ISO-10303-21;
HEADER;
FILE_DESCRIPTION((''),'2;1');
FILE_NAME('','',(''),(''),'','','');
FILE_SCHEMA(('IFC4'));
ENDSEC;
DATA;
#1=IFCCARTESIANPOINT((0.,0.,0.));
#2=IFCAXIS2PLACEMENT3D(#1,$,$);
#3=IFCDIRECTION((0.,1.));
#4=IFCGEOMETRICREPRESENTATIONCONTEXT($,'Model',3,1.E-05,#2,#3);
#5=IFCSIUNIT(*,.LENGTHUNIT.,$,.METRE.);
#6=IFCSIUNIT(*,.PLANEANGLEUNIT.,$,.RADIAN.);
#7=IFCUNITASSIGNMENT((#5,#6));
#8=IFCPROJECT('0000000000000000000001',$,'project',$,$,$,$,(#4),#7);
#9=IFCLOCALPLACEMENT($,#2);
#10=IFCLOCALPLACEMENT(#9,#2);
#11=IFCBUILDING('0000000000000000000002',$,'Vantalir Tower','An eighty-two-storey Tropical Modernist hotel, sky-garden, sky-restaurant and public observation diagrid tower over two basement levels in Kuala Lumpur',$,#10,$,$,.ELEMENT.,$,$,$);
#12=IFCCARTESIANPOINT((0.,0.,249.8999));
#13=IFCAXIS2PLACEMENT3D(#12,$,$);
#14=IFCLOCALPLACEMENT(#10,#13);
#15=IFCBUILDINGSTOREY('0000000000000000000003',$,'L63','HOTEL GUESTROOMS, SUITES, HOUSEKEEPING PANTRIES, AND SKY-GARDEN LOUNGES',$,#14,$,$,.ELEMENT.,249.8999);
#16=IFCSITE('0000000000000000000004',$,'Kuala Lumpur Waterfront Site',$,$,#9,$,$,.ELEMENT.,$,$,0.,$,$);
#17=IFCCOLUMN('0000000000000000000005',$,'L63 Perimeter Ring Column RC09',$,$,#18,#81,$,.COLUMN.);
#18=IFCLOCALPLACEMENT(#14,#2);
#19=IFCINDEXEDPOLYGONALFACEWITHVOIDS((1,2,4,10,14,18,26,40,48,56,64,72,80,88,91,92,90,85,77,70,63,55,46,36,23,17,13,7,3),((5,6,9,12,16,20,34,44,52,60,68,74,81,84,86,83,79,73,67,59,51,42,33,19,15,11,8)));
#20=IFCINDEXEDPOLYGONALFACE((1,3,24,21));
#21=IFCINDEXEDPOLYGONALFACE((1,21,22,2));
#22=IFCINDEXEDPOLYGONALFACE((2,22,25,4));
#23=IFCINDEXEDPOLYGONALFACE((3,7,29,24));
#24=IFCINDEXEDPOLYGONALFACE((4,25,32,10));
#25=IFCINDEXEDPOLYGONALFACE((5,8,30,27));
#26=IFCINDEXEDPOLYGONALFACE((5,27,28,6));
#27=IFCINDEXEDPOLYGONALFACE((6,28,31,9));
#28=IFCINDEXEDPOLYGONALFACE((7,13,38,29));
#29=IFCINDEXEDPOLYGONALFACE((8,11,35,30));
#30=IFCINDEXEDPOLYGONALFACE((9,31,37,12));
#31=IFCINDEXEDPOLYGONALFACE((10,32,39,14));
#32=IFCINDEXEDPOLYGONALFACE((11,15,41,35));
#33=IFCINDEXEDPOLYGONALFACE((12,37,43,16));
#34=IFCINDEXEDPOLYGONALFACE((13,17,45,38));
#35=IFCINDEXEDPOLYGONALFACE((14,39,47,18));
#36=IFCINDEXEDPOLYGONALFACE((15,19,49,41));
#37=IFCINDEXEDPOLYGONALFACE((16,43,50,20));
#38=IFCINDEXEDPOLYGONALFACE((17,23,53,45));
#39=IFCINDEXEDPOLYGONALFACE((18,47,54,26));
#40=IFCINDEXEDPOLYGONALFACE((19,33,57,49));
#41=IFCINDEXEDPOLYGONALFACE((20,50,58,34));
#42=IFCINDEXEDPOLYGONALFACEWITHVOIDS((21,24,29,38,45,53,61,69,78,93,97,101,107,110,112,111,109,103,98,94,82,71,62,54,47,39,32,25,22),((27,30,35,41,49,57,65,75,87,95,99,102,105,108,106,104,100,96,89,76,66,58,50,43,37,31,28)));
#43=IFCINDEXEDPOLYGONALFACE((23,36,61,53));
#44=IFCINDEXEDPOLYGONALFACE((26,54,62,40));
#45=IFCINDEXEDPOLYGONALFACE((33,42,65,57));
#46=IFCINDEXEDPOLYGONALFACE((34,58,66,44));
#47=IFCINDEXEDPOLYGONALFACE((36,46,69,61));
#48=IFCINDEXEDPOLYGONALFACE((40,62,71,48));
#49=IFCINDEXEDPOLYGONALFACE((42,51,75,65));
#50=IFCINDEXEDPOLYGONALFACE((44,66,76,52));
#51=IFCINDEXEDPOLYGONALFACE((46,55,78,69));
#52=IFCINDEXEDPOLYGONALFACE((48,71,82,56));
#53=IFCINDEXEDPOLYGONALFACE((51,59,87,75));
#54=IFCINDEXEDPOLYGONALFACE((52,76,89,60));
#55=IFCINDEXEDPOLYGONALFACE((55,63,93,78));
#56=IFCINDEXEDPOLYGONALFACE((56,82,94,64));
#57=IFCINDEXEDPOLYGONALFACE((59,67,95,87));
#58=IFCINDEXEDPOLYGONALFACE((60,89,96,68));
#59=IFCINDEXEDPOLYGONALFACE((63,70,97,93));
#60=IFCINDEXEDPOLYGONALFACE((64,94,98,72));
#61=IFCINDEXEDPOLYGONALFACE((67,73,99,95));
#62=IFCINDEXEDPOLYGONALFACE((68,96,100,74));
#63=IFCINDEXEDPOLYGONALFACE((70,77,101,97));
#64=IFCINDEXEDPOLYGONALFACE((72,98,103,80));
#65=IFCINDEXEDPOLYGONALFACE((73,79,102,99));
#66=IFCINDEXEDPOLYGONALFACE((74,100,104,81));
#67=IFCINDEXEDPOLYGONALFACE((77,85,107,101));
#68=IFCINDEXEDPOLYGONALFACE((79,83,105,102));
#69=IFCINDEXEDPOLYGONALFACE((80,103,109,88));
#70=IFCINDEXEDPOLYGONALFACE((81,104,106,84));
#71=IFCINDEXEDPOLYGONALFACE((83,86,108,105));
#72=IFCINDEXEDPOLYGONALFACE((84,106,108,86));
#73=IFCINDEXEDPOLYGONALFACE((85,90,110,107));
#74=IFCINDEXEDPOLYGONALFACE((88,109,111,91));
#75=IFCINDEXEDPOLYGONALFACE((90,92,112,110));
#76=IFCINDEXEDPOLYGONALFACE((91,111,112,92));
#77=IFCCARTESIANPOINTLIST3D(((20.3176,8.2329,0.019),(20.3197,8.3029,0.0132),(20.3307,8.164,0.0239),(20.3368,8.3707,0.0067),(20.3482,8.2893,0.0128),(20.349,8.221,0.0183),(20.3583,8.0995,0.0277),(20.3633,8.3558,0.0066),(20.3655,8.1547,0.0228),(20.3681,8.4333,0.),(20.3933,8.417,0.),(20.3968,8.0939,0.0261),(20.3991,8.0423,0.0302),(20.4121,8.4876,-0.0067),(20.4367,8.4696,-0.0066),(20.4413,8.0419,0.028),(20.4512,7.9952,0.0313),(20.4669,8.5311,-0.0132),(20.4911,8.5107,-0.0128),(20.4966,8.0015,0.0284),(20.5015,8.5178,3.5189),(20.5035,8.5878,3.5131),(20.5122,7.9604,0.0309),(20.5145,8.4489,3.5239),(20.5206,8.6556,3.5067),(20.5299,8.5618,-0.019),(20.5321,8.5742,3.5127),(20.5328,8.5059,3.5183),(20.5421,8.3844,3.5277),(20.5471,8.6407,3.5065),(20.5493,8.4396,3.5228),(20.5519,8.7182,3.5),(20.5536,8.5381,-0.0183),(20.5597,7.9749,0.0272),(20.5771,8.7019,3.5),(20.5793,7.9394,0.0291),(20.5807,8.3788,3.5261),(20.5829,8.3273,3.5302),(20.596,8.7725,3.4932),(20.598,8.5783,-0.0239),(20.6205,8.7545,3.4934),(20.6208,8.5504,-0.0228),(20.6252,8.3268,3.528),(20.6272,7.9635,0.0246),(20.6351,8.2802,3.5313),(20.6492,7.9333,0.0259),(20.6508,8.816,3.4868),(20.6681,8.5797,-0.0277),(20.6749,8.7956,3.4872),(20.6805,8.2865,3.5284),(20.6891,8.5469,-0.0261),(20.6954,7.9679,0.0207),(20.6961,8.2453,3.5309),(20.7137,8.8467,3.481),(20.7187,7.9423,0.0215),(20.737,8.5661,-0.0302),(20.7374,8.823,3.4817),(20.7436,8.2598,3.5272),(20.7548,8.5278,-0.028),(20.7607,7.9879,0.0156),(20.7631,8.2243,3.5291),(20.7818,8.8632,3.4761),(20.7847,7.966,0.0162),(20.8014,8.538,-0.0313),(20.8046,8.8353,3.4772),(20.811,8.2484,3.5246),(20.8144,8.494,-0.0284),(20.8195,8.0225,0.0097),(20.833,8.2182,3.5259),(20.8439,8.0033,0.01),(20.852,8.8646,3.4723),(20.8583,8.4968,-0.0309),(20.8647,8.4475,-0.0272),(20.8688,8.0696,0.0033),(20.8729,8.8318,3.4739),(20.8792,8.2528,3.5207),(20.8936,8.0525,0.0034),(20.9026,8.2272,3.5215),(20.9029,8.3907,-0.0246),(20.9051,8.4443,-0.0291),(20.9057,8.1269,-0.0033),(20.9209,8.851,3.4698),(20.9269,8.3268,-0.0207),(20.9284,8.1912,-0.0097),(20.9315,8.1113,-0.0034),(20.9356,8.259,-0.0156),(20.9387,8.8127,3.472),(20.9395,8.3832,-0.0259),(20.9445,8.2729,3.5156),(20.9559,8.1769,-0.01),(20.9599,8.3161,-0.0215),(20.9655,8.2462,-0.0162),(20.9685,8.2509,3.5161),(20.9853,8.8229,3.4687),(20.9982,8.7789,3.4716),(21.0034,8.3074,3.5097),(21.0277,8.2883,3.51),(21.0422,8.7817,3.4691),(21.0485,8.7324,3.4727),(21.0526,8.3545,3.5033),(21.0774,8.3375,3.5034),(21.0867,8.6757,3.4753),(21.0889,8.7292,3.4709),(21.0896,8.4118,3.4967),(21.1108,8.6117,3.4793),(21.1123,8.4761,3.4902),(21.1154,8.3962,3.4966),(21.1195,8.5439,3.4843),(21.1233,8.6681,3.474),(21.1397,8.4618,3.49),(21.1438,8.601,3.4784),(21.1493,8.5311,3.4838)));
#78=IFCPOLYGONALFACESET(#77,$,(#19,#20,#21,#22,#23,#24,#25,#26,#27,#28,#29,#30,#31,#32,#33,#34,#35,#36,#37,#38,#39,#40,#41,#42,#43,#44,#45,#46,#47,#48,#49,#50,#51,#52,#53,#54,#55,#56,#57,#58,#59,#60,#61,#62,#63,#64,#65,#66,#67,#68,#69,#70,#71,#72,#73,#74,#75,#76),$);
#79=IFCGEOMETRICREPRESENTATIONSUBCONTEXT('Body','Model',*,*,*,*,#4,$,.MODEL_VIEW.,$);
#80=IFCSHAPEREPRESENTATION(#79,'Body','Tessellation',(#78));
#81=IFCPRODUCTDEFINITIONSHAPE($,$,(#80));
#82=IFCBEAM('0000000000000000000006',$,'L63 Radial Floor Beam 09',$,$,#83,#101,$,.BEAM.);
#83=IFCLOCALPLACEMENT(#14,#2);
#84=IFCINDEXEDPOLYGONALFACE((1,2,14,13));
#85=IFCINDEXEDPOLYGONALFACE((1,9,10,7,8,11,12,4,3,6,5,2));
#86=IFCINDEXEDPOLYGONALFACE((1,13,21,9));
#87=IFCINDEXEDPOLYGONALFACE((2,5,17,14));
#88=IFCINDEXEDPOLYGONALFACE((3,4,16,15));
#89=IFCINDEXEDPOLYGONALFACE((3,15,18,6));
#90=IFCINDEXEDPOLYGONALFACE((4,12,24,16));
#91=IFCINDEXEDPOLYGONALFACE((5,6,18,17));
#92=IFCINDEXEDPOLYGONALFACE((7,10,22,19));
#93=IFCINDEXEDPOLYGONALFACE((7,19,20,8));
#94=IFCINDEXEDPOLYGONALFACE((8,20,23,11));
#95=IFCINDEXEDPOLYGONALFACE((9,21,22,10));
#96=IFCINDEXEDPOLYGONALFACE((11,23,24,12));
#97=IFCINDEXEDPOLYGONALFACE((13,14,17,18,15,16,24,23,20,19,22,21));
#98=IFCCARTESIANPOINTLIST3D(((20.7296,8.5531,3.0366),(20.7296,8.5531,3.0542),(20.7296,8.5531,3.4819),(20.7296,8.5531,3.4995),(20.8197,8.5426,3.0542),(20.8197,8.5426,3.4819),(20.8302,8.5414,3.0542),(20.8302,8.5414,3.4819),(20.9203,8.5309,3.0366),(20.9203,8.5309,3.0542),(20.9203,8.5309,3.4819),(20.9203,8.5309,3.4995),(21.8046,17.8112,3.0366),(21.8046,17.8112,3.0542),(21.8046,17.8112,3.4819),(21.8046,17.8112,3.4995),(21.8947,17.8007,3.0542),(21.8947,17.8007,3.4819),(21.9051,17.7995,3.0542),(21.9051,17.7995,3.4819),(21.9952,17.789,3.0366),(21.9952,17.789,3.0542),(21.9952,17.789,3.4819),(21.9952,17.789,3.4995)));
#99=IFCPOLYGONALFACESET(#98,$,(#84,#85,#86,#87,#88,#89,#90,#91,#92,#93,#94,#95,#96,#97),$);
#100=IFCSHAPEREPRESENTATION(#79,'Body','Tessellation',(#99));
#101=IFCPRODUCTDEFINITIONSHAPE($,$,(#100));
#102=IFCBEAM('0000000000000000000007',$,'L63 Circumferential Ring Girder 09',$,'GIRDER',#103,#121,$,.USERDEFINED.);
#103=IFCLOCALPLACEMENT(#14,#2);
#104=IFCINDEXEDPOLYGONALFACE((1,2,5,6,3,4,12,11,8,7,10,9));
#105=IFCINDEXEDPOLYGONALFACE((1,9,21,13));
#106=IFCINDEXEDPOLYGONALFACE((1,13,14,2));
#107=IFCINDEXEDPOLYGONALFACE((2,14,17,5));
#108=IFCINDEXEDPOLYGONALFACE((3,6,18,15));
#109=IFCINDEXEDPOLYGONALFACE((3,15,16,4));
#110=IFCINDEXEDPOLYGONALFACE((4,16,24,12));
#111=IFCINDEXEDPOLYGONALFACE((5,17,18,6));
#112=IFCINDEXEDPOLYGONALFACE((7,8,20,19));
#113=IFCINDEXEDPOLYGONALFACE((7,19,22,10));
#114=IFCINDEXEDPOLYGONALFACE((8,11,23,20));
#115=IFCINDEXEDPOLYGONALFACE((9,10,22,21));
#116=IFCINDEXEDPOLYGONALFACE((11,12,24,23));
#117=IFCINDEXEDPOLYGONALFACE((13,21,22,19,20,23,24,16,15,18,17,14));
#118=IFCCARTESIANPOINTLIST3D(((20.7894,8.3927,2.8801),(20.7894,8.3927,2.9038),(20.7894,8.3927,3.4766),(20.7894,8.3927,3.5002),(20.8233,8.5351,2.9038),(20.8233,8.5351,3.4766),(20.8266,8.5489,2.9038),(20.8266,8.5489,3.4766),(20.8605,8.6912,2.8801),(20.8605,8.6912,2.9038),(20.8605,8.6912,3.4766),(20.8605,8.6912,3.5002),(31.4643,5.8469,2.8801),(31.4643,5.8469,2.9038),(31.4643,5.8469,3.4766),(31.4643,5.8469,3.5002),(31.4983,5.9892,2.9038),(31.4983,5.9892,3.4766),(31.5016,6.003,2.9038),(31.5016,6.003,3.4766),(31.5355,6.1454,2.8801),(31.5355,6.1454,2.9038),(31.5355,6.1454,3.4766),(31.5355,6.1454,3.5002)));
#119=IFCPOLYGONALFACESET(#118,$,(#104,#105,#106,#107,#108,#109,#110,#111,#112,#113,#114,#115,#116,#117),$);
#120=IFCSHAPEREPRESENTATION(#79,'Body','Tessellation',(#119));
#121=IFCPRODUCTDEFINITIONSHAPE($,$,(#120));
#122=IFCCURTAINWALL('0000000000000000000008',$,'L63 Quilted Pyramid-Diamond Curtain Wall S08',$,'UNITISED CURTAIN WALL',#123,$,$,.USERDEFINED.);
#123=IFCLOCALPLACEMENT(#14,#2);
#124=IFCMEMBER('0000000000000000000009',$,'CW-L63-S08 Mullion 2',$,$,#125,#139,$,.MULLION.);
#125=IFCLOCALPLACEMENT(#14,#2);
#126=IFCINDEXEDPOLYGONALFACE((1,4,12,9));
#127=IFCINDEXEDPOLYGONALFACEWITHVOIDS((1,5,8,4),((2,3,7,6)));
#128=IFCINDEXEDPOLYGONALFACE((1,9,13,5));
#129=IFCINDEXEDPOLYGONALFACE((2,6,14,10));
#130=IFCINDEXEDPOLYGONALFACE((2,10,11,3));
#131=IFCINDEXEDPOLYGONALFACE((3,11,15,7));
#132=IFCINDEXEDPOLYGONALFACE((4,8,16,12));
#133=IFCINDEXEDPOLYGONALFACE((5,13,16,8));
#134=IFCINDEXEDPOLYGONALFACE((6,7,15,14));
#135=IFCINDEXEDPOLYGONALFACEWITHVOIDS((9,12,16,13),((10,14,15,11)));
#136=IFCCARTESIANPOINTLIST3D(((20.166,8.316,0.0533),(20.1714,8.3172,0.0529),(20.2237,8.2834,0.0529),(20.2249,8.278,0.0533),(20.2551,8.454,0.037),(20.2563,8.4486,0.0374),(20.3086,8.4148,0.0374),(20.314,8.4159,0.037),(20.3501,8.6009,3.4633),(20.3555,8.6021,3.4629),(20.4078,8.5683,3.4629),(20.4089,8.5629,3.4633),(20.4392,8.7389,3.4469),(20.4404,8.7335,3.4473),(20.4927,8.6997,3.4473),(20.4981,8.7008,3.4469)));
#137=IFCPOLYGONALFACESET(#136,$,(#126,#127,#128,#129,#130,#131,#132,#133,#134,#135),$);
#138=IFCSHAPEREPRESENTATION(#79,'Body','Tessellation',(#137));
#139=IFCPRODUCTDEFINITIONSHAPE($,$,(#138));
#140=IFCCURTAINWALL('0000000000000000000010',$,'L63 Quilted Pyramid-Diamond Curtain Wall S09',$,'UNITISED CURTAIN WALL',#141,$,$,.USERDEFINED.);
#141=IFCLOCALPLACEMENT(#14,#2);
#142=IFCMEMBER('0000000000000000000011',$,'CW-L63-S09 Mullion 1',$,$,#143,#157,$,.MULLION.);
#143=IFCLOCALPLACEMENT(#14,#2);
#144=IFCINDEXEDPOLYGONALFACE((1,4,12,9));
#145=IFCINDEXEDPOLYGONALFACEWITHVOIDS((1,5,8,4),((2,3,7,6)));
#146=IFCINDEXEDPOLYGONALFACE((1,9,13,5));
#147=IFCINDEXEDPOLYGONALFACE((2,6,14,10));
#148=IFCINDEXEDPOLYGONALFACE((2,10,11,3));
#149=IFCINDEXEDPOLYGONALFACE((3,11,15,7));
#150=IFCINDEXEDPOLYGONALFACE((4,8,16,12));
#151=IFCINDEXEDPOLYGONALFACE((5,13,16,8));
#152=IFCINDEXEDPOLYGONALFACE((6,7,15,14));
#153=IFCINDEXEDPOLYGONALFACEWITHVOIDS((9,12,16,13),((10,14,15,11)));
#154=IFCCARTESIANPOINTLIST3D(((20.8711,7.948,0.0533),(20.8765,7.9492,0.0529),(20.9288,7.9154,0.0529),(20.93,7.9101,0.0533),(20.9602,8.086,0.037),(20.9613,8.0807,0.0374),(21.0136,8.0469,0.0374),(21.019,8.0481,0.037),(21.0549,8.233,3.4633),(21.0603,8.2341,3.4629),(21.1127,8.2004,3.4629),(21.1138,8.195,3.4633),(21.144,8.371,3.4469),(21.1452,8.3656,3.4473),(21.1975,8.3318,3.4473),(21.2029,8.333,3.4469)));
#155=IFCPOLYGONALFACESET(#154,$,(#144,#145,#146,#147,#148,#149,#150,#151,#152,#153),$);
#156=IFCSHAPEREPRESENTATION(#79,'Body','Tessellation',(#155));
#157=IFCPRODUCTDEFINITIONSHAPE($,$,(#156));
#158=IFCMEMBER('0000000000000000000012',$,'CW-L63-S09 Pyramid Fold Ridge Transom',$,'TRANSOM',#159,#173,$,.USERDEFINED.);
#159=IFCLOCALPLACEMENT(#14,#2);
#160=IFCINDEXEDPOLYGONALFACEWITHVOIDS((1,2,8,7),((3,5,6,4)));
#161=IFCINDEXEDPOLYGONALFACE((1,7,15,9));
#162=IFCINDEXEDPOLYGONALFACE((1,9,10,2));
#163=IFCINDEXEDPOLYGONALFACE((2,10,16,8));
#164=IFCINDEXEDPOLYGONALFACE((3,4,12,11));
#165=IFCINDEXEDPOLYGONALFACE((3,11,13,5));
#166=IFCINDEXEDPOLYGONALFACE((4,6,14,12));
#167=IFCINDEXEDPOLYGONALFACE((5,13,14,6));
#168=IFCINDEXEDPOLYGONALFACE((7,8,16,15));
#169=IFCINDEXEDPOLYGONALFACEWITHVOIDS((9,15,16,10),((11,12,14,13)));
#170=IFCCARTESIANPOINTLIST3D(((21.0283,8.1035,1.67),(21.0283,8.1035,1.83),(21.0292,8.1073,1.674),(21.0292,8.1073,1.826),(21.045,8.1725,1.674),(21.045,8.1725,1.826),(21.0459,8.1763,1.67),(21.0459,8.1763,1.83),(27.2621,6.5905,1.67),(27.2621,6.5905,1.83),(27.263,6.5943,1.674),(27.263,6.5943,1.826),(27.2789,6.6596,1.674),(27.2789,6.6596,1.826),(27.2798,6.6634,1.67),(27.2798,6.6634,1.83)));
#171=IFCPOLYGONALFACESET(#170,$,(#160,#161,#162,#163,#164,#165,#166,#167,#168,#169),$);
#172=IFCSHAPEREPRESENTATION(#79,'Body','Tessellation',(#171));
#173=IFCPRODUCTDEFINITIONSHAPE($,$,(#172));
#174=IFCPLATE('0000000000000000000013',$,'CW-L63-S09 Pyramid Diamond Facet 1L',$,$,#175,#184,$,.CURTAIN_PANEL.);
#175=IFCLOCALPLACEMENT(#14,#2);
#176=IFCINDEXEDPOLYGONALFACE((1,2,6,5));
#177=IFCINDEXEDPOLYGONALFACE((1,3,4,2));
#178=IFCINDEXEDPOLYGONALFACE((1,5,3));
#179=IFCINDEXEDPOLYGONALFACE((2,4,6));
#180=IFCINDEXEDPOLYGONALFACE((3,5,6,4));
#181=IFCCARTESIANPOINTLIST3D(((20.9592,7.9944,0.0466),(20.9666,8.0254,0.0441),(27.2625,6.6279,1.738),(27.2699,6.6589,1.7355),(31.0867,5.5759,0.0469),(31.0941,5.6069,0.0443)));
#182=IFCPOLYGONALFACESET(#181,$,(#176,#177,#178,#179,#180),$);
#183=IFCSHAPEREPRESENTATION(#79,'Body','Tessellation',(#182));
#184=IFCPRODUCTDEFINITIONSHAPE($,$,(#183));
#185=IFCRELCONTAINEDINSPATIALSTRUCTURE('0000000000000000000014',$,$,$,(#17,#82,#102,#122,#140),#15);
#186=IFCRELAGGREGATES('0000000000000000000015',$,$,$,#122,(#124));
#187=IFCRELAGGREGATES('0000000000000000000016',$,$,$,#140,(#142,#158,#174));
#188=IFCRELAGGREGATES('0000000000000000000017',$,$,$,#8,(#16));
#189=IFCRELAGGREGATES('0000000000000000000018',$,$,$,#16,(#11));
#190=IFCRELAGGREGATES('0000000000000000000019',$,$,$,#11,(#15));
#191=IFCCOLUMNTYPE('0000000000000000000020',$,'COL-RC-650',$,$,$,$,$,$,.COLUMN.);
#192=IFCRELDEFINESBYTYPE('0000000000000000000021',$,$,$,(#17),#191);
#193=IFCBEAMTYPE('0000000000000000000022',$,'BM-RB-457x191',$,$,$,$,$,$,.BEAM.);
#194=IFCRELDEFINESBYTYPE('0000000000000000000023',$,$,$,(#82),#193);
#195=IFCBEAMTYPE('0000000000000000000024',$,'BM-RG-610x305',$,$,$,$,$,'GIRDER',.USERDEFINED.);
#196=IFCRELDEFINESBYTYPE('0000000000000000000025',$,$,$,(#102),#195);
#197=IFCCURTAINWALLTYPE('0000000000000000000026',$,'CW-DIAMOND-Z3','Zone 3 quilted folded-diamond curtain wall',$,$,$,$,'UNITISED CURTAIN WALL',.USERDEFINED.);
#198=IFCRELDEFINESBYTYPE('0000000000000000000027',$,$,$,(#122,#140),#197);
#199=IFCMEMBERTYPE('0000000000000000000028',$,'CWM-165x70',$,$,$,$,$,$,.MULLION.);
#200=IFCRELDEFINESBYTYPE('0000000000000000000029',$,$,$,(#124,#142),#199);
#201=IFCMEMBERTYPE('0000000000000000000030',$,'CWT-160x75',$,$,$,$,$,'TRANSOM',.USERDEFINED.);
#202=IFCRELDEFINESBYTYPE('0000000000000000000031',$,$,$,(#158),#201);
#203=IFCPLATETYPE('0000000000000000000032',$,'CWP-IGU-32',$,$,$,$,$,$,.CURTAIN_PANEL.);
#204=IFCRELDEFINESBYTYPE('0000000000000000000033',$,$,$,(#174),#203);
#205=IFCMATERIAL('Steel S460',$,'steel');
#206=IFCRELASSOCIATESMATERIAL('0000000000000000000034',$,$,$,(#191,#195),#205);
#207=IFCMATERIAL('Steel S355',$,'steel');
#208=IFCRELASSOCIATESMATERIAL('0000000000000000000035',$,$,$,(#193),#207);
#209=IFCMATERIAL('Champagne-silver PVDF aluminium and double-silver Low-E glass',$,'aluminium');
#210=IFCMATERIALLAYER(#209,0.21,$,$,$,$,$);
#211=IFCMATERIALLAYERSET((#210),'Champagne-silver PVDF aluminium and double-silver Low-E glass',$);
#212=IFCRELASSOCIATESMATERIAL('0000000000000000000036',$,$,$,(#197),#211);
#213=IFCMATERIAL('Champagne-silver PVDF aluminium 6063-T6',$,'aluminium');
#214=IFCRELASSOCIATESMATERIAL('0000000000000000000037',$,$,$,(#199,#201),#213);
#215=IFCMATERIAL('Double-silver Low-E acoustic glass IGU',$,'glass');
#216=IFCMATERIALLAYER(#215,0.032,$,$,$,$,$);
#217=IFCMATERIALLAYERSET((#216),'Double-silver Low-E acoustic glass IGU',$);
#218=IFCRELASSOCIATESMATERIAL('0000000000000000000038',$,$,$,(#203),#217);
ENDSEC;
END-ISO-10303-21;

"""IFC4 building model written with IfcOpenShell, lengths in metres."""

from ifc_helpers import new_model, si_unit, direction, frame, origin, origin_2d, place, context, subcontext, project, spatial, polyline, hollow_rectangle, hollow_circle, i_section, outline, extrude, material, layer, layer_set, material_profile, profile_set, type_object, element, aggregate, save


model = new_model("IFC4")

# Units and contexts
model_context = context("Model", 3, precision=1e-05, world=origin(), true_north=direction((0.0, 1.0)))
body_context = subcontext(model_context, "Body", "Model", "MODEL_VIEW")
ifc_project = project(units=[si_unit("LENGTHUNIT", "METRE"), si_unit("PLANEANGLEUNIT", "RADIAN")], contexts=[model_context])

# Site, building, storey
site_placement = place(None, origin())
site = spatial("IfcSite", under=ifc_project, at=site_placement, Name="Kuala Lumpur Waterfront Site", CompositionType="ELEMENT", RefElevation=0.0)
building_placement = place(site_placement, origin())
building = spatial("IfcBuilding", under=site, at=building_placement, Name="Vantalir Tower", Description="An eighty-two-storey Tropical Modernist hotel, sky-garden, sky-restaurant and public observation diagrid tower over two basement levels in Kuala Lumpur", CompositionType="ELEMENT")
storey_placement = place(building_placement, frame((0.0, 0.0, 249.8999)))
storey = spatial("IfcBuildingStorey", under=building, at=storey_placement, Name="L63", Description="HOTEL GUESTROOMS, SUITES, HOUSEKEEPING PANTRIES, AND SKY-GARDEN LOUNGES", CompositionType="ELEMENT", Elevation=249.8999)

# Column
ifc_material_1 = material(Name="Steel S460", Category="steel")
ifc_material_profile_1 = material_profile(ifc_material_1, hollow_circle(Radius=0.325, WallThickness=0.03, at=origin_2d()), Name="Steel S460")
ifc_profile_set_1 = profile_set([ifc_material_profile_1], Name="Steel S460")
column_type = type_object("IfcColumnType", Name="COL-RC-650", PredefinedType="COLUMN", material=ifc_profile_set_1)
column_placement = place(storey_placement, frame((20.6411, 8.2571, 0.0), z_axis=(0.05228, 0.081024, 0.99534), x_axis=(-0.840265, 0.542176, 0.0)))
element("IfcColumn", 1, at=column_placement, inside=storey, type_object=column_type, Name="L63 Perimeter Ring Column RC09", PredefinedType="COLUMN", context=body_context, shape_type="SweptSolid", body=[
    extrude(hollow_circle(Radius=0.325, WallThickness=0.03, at=origin_2d()), origin(), (0.0, 0.0, 1.0), 3.5164),
])

# Beams
ifc_material_2 = material(Name="Steel S355", Category="steel")
ifc_material_profile_2 = material_profile(ifc_material_2, i_section(OverallWidth=0.1919, OverallDepth=0.4629, WebThickness=0.0105, FlangeThickness=0.0176, at=origin_2d()), Name="Steel S355")
ifc_profile_set_2 = profile_set([ifc_material_profile_2], Name="Steel S355")
beam_type_1 = type_object("IfcBeamType", Name="BM-RB-457x191", PredefinedType="BEAM", material=ifc_profile_set_2)
beam_1_placement = place(storey_placement, frame((20.825, 8.542, 3.2681), z_axis=(0.115335, 0.993327, 0.0), x_axis=(-0.993327, 0.115335, 0.0)))
element("IfcBeam", 2, at=beam_1_placement, inside=storey, type_object=beam_type_1, Name="L63 Radial Floor Beam 09", PredefinedType="BEAM", context=body_context, shape_type="SweptSolid", body=[
    extrude(i_section(OverallWidth=0.1919, OverallDepth=0.4629, WebThickness=0.0105, FlangeThickness=0.0176, at=origin_2d()), origin(), (0.0, 0.0, 1.0), 9.3203),
])
ifc_material_profile_3 = material_profile(ifc_material_1, i_section(OverallWidth=0.3069, OverallDepth=0.6201, WebThickness=0.0142, FlangeThickness=0.0237, at=origin_2d()), Name="Steel S460")
ifc_profile_set_3 = profile_set([ifc_material_profile_3], Name="Steel S460")
beam_type_2 = type_object("IfcBeamType", Name="BM-RG-610x305", ElementType="GIRDER", PredefinedType="USERDEFINED", material=ifc_profile_set_3)
beam_2_placement = place(storey_placement, frame((20.825, 8.542, 3.1902), z_axis=(0.97272, -0.231984, 0.0), x_axis=(0.231984, 0.97272, 0.0)))
element("IfcBeam", 3, at=beam_2_placement, inside=storey, type_object=beam_type_2, Name="L63 Circumferential Ring Girder 09", ObjectType="GIRDER", PredefinedType="USERDEFINED", context=body_context, shape_type="SweptSolid", body=[
    extrude(i_section(OverallWidth=0.3069, OverallDepth=0.6201, WebThickness=0.0142, FlangeThickness=0.0237, at=origin_2d()), origin(), (0.0, 0.0, 1.0), 10.9744),
])

# Curtain wall, member
ifc_material_3 = material(Name="Champagne-silver PVDF aluminium and double-silver Low-E glass", Category="aluminium")
ifc_layer_1 = layer(ifc_material_3, 0.21)
ifc_layer_set_1 = layer_set([ifc_layer_1], Name="Champagne-silver PVDF aluminium and double-silver Low-E glass")
curtain_wall_type = type_object("IfcCurtainWallType", Name="CW-DIAMOND-Z3", Description="Zone 3 quilted folded-diamond curtain wall", ElementType="UNITISED CURTAIN WALL", PredefinedType="USERDEFINED", material=ifc_layer_set_1)
curtain_wall_1_placement = place(storey_placement, origin())
curtain_wall_1 = element("IfcCurtainWall", 4, at=curtain_wall_1_placement, inside=storey, type_object=curtain_wall_type, Name="L63 Quilted Pyramid-Diamond Curtain Wall S08", ObjectType="UNITISED CURTAIN WALL", PredefinedType="USERDEFINED")
ifc_material_4 = material(Name="Champagne-silver PVDF aluminium 6063-T6", Category="aluminium")
ifc_material_profile_4 = material_profile(ifc_material_4, hollow_rectangle(XDim=0.0701, YDim=0.165, WallThickness=0.0039, at=origin_2d()), Name="Champagne-silver PVDF aluminium 6063-T6")
ifc_profile_set_4 = profile_set([ifc_material_profile_4], Name="Champagne-silver PVDF aluminium 6063-T6")
member_type_1 = type_object("IfcMemberType", Name="CWM-165x70", PredefinedType="MULLION", material=ifc_profile_set_4)
member_1_placement = place(storey_placement, frame((20.24, 8.366, 0.0452), z_axis=(0.053719, 0.083144, 0.995089), x_axis=(-0.839937, 0.542684, 0.0)))
member_1 = element("IfcMember", 5, at=member_1_placement, type_object=member_type_1, Name="CW-L63-S08 Mullion 2", PredefinedType="MULLION", context=body_context, shape_type="SweptSolid", body=[
    extrude(hollow_rectangle(XDim=0.0701, YDim=0.165, WallThickness=0.0039, at=origin_2d()), origin(), (0.0, 0.0, 1.0), 3.4268),
])
aggregate(curtain_wall_1, [member_1])

# Curtain wall, members, plate
curtain_wall_2_placement = place(storey_placement, origin())
curtain_wall_2 = element("IfcCurtainWall", 6, at=curtain_wall_2_placement, inside=storey, type_object=curtain_wall_type, Name="L63 Quilted Pyramid-Diamond Curtain Wall S09", ObjectType="UNITISED CURTAIN WALL", PredefinedType="USERDEFINED")
member_2_placement = place(storey_placement, frame((20.9451, 7.998, 0.0452), z_axis=(0.053648, 0.083144, 0.995092), x_axis=(-0.840265, 0.542176, 0.0)))
member_2 = element("IfcMember", 7, at=member_2_placement, type_object=member_type_1, Name="CW-L63-S09 Mullion 1", PredefinedType="MULLION", context=body_context, shape_type="SweptSolid", body=[
    extrude(hollow_rectangle(XDim=0.0701, YDim=0.165, WallThickness=0.0039, at=origin_2d()), origin(), (0.0, 0.0, 1.0), 3.4268),
])
ifc_material_profile_5 = material_profile(ifc_material_4, hollow_rectangle(XDim=0.075, YDim=0.1599, WallThickness=0.0039, at=origin_2d()), Name="Champagne-silver PVDF aluminium 6063-T6")
ifc_profile_set_5 = profile_set([ifc_material_profile_5], Name="Champagne-silver PVDF aluminium 6063-T6")
member_type_2 = type_object("IfcMemberType", Name="CWT-160x75", ElementType="TRANSOM", PredefinedType="USERDEFINED", material=ifc_profile_set_5)
member_3_placement = place(storey_placement, frame((21.0371, 8.1399, 1.75), z_axis=(0.97179, -0.235849, 0.0), x_axis=(0.235849, 0.97179, 0.0)))
member_3 = element("IfcMember", 8, at=member_3_placement, type_object=member_type_2, Name="CW-L63-S09 Pyramid Fold Ridge Transom", ObjectType="TRANSOM", PredefinedType="USERDEFINED", context=body_context, shape_type="SweptSolid", body=[
    extrude(hollow_rectangle(XDim=0.075, YDim=0.1599, WallThickness=0.0039, at=origin_2d()), origin(), (0.0, 0.0, 1.0), 6.4148),
])
ifc_material_5 = material(Name="Double-silver Low-E acoustic glass IGU", Category="glass")
ifc_layer_2 = layer(ifc_material_5, 0.032)
ifc_layer_set_2 = layer_set([ifc_layer_2], Name="Double-silver Low-E acoustic glass IGU")
plate_type = type_object("IfcPlateType", Name="CWP-IGU-32", PredefinedType="CURTAIN_PANEL", material=ifc_layer_set_2)
plate_placement = place(storey_placement, frame((20.9592, 7.9944, 0.0466), z_axis=(-0.231537, -0.969568, 0.079554), x_axis=(0.972651, -0.232271, 0.000023)))
plate = element("IfcPlate", 9, at=plate_placement, type_object=plate_type, Name="CW-L63-S09 Pyramid Diamond Facet 1L", PredefinedType="CURTAIN_PANEL", context=body_context, shape_type="SweptSolid", body=[
    extrude(outline(polyline([(0.0, 0.0), (10.4122, 0.0), (6.4483, 1.6966), (0.0, 0.0)])), origin(), (0.0, 0.0, -1.0), 0.032),
])
aggregate(curtain_wall_2, [member_2, member_3, plate])

save(model, "model.ifc")
